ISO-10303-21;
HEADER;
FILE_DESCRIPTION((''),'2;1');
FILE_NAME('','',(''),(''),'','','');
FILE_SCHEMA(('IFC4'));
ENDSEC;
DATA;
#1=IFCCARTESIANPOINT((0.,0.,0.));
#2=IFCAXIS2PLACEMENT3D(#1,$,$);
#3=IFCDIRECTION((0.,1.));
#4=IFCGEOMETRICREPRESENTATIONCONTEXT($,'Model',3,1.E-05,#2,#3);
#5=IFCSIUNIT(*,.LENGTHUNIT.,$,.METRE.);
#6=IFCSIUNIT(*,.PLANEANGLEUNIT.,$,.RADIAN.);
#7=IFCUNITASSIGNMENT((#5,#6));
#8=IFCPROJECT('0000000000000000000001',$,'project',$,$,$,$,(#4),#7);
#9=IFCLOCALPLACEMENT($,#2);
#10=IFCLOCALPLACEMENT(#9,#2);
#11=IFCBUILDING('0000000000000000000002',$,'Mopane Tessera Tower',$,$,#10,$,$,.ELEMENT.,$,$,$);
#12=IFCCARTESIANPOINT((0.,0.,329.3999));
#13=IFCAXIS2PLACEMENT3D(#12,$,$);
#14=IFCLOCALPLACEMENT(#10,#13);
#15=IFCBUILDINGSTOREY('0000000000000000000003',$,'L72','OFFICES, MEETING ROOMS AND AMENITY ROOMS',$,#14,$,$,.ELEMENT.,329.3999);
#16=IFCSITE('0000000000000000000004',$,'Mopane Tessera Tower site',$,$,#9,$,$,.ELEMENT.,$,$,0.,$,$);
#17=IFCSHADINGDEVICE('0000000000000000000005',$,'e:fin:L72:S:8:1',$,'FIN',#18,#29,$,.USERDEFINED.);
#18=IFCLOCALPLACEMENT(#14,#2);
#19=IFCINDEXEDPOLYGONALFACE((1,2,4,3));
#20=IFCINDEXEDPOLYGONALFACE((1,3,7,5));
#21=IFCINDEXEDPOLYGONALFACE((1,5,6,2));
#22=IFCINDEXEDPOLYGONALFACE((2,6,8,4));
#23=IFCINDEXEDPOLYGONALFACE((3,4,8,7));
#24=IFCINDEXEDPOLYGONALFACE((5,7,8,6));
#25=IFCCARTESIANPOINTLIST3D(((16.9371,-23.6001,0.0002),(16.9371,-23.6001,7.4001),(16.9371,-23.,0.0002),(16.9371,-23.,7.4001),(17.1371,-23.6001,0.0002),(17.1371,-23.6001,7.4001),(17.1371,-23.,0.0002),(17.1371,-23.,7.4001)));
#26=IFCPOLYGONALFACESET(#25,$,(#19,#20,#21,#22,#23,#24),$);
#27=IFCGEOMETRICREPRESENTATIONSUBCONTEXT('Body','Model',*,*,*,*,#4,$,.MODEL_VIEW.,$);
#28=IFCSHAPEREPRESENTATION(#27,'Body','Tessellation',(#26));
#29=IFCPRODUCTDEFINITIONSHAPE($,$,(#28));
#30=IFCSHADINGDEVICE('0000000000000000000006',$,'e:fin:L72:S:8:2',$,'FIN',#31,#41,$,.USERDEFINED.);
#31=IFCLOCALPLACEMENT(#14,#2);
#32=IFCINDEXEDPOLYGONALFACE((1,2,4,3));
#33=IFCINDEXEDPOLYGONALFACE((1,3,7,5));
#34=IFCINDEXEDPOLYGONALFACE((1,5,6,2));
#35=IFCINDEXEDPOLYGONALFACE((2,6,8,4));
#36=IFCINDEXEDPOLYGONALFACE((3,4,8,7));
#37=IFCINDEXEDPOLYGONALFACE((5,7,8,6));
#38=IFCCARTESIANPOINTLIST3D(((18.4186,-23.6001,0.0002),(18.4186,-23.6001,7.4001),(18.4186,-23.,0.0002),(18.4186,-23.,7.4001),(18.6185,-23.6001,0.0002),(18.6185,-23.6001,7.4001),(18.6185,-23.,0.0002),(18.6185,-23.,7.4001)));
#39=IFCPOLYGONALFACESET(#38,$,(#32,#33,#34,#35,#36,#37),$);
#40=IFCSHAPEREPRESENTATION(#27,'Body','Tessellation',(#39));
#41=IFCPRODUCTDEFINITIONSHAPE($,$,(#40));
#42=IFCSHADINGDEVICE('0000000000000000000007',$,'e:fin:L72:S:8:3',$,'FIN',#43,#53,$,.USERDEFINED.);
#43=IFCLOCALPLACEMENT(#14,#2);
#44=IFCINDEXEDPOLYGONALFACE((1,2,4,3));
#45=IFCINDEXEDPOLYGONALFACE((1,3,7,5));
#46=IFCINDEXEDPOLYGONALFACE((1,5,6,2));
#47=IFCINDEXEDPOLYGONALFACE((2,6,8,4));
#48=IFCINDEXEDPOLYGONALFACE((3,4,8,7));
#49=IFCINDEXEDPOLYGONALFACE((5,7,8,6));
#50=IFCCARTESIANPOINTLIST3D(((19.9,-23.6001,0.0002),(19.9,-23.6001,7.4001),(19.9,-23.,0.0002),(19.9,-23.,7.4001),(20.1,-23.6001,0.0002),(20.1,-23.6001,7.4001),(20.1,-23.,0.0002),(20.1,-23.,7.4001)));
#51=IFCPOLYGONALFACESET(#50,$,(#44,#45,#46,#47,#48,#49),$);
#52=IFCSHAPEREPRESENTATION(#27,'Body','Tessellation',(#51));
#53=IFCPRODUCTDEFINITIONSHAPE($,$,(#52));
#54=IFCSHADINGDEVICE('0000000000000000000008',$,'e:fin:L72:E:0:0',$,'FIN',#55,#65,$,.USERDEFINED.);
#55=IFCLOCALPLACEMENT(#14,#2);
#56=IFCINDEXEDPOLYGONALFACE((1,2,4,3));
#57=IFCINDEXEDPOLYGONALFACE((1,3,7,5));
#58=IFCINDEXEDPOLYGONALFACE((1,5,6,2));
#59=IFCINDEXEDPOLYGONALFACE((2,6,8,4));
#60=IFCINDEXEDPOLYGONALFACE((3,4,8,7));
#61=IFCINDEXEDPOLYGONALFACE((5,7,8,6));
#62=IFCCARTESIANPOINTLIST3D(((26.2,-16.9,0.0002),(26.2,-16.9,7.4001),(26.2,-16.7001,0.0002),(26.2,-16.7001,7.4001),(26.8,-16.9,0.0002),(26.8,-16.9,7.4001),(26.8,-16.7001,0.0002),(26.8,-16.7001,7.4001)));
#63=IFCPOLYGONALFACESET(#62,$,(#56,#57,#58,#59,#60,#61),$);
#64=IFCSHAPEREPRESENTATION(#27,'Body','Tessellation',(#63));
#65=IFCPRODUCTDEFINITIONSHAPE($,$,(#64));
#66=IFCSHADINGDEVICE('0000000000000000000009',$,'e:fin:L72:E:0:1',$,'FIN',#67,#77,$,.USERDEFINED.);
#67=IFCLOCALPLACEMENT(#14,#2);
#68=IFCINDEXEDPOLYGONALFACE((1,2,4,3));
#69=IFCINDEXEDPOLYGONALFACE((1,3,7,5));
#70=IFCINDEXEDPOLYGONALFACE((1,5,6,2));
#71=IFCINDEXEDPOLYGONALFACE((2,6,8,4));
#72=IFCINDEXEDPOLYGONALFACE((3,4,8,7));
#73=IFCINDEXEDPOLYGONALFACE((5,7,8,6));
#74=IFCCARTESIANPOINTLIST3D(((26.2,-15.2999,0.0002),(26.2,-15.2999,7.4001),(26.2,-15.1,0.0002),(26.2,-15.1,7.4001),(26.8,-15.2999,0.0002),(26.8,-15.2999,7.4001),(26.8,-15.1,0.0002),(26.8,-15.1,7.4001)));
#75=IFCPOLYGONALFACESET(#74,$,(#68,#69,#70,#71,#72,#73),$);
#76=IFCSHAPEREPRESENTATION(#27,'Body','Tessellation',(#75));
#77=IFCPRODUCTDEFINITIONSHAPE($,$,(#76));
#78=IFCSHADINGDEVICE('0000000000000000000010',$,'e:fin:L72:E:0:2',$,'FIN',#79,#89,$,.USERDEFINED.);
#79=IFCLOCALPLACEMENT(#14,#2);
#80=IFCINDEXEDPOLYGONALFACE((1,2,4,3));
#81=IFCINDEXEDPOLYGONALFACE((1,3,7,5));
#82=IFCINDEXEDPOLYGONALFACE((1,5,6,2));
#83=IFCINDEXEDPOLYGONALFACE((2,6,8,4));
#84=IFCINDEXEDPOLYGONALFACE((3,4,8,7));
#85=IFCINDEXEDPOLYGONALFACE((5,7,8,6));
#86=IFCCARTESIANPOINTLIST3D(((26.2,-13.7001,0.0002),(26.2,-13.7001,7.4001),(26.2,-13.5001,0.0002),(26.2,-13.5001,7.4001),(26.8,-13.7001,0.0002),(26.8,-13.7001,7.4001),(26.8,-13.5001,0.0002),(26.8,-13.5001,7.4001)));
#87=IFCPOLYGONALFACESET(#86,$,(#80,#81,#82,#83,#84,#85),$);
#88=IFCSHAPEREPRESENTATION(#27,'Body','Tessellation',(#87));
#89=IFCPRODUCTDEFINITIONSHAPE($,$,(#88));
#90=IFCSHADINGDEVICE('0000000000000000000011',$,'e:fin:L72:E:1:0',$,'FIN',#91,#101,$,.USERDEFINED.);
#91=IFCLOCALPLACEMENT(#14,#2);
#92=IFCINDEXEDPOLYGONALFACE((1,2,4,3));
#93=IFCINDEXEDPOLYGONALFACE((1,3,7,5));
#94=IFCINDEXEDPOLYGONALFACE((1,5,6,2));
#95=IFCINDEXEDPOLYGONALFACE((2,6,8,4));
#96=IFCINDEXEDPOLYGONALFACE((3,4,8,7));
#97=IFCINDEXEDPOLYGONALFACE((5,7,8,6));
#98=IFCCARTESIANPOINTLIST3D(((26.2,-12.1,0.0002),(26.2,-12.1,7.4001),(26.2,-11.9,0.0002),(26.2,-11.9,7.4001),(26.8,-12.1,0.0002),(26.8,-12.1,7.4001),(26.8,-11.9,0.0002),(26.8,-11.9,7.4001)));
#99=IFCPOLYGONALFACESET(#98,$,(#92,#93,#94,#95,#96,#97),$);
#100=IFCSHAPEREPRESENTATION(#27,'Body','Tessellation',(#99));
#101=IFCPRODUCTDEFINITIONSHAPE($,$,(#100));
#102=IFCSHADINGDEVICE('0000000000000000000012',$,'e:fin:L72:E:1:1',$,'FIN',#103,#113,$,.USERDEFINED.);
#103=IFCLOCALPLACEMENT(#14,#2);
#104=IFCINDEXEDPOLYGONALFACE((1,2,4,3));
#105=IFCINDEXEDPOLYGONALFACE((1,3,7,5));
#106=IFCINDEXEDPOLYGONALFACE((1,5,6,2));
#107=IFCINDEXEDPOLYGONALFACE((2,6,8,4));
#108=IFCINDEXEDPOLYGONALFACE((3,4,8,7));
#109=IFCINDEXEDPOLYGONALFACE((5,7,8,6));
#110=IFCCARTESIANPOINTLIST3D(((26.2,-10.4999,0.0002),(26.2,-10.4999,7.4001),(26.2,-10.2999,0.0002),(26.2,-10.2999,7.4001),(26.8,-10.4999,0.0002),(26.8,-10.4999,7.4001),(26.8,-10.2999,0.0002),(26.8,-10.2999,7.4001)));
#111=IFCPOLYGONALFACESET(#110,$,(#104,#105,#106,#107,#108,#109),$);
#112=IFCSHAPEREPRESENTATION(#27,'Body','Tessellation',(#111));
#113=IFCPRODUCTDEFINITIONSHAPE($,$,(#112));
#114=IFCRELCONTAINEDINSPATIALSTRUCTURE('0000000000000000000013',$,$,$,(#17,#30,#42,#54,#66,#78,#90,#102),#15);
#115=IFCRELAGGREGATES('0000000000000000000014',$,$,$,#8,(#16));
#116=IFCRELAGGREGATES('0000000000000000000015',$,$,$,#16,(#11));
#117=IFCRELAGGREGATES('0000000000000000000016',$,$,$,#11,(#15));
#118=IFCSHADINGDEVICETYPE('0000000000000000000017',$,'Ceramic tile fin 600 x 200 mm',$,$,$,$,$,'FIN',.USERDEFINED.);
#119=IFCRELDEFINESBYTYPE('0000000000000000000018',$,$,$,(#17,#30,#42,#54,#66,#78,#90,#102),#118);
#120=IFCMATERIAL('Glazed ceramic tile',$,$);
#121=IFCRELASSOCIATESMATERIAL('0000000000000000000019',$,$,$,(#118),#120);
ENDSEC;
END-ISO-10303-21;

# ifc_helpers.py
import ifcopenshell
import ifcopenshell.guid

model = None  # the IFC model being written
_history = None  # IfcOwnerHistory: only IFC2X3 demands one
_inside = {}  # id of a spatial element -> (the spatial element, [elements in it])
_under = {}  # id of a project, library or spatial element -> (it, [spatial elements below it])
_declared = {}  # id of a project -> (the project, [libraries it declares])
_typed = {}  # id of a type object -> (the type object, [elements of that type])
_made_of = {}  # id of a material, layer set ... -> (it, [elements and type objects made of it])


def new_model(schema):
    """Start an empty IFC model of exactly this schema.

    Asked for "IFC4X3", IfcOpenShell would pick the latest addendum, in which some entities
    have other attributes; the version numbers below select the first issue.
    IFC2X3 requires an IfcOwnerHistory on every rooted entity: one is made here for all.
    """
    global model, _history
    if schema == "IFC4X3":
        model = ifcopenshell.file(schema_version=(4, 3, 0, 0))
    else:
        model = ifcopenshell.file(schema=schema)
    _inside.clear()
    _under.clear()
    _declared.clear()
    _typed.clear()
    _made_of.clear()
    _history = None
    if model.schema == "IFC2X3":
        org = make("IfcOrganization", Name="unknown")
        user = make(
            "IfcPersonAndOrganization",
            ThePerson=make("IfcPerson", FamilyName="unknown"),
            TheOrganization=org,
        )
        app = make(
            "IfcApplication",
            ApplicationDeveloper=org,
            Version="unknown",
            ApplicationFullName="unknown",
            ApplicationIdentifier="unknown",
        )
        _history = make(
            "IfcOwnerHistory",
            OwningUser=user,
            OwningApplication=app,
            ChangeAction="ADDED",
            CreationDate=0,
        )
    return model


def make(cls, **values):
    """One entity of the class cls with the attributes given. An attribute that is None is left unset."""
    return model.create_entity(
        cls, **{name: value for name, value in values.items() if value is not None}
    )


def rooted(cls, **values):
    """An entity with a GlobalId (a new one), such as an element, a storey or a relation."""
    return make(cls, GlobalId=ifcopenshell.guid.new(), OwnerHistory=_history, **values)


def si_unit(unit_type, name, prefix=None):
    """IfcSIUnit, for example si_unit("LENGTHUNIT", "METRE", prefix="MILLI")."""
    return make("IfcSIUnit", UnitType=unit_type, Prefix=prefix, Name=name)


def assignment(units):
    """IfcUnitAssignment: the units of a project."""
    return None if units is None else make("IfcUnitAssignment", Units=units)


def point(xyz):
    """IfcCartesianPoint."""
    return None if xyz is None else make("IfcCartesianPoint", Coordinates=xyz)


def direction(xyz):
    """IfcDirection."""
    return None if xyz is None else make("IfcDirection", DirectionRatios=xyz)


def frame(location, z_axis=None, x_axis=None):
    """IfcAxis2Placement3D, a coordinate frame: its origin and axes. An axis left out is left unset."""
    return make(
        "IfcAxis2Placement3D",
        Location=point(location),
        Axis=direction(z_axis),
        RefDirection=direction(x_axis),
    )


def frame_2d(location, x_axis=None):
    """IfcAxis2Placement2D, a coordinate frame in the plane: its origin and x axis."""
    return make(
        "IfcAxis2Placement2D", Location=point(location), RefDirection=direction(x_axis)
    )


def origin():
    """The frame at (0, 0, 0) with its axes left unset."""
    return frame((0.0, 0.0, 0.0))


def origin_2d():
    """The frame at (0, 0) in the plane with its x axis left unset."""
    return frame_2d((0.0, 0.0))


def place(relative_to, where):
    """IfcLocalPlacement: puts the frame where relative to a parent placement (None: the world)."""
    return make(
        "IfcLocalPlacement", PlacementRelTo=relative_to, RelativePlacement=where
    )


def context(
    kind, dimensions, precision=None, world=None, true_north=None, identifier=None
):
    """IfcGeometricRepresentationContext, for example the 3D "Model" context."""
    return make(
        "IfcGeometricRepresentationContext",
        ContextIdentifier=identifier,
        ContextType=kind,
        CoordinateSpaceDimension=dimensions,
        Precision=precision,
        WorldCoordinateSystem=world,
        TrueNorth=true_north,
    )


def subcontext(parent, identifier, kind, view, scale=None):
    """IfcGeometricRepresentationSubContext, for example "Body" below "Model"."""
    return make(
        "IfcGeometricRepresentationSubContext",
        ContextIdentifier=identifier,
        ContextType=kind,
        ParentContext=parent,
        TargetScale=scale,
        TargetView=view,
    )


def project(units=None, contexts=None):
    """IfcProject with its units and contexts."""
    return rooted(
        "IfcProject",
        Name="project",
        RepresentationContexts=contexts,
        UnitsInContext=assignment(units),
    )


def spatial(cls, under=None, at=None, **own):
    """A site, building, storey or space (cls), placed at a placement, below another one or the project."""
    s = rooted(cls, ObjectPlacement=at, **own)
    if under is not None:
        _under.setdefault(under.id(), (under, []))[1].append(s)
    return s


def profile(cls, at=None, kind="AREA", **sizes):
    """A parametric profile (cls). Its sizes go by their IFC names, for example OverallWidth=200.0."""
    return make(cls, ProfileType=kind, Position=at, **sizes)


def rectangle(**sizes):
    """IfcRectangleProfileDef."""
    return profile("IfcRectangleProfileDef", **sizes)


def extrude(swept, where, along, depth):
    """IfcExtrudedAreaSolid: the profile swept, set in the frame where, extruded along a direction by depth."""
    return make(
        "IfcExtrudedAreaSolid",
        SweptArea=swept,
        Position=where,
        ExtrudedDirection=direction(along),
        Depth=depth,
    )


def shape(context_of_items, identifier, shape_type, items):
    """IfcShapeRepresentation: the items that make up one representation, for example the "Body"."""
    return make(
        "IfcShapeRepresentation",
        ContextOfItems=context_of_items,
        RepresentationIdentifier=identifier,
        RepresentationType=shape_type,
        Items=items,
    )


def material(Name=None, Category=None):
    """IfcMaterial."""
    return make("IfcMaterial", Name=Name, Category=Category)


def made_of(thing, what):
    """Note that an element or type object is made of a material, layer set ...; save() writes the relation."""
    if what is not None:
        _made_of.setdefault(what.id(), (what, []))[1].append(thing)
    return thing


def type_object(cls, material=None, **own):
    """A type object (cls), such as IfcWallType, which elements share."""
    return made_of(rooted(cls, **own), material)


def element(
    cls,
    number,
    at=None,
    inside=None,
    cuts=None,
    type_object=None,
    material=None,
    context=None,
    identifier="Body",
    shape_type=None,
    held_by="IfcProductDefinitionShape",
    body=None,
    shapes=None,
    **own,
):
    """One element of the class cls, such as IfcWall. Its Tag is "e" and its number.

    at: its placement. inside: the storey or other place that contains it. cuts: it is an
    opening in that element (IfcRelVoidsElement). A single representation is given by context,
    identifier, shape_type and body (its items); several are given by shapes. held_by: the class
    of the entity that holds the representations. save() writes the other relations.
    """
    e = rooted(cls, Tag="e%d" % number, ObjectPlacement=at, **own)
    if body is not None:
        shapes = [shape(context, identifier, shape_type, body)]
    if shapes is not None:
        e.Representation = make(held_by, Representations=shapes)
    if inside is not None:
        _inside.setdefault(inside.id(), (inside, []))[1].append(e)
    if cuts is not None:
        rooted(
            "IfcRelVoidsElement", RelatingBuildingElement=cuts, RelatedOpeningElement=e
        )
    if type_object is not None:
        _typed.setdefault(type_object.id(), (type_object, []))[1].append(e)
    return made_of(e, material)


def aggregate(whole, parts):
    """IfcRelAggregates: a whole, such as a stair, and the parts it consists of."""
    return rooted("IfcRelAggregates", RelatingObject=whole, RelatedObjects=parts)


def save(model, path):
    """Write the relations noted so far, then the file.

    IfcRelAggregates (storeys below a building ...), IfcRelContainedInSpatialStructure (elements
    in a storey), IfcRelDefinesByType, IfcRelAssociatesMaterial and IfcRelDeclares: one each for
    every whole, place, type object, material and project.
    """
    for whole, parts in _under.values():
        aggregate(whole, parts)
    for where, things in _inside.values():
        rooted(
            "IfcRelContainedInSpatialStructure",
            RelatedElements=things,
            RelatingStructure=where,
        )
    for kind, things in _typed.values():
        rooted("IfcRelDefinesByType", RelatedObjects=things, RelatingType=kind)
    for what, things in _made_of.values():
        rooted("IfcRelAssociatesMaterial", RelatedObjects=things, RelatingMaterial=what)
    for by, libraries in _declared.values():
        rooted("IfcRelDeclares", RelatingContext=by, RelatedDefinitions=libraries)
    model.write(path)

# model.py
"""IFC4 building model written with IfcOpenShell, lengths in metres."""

from ifc_helpers import new_model, si_unit, direction, frame, origin, origin_2d, place, context, subcontext, project, spatial, rectangle, extrude, material, type_object, element, save


model = new_model("IFC4")

# Units and contexts
model_context = context("Model", 3, precision=1e-05, world=origin(), true_north=direction((0.0, 1.0)))
body_context = subcontext(model_context, "Body", "Model", "MODEL_VIEW")
ifc_project = project(units=[si_unit("LENGTHUNIT", "METRE"), si_unit("PLANEANGLEUNIT", "RADIAN")], contexts=[model_context])

# Site, building, storey
site_placement = place(None, origin())
site = spatial("IfcSite", under=ifc_project, at=site_placement, Name="Mopane Tessera Tower site", CompositionType="ELEMENT", RefElevation=0.0)
building_placement = place(site_placement, origin())
building = spatial("IfcBuilding", under=site, at=building_placement, Name="Mopane Tessera Tower", CompositionType="ELEMENT")
storey_placement = place(building_placement, frame((0.0, 0.0, 329.3999)))
storey = spatial("IfcBuildingStorey", under=building, at=storey_placement, Name="L72", Description="OFFICES, MEETING ROOMS AND AMENITY ROOMS", CompositionType="ELEMENT", Elevation=329.3999)

# Shading devices
ifc_material_1 = material(Name="Glazed ceramic tile")
shading_device_type = type_object("IfcShadingDeviceType", Name="Ceramic tile fin 600 x 200 mm", ElementType="FIN", PredefinedType="USERDEFINED", material=ifc_material_1)
for number, where, z_axis, x_axis, name in (
    (1, (17.0371, -23.3, 0.0002), (0.0, 0.0, 1.0), (1.0, 0.0, 0.0), "e:fin:L72:S:8:1"),
    (2, (18.5186, -23.3, 0.0002), (0.0, 0.0, 1.0), (1.0, 0.0, 0.0), "e:fin:L72:S:8:2"),
    (3, (20.0, -23.3, 0.0002), (0.0, 0.0, 1.0), (1.0, 0.0, 0.0), "e:fin:L72:S:8:3"),
    (4, (26.5, -16.8, 0.0002), (0.0, 0.0, 1.0), (0.0, 1.0, 0.0), "e:fin:L72:E:0:0"),
    (5, (26.5, -15.2, 0.0002), (0.0, 0.0, 1.0), (0.0, 1.0, 0.0), "e:fin:L72:E:0:1"),
    (6, (26.5, -13.6001, 0.0002), (0.0, 0.0, 1.0), (0.0, 1.0, 0.0), "e:fin:L72:E:0:2"),
    (7, (26.5, -12.0, 0.0002), (0.0, 0.0, 1.0), (0.0, 1.0, 0.0), "e:fin:L72:E:1:0"),
    (8, (26.5, -10.3999, 0.0002), (0.0, 0.0, 1.0), (0.0, 1.0, 0.0), "e:fin:L72:E:1:1"),
):
    element("IfcShadingDevice", number, at=place(storey_placement, frame(where, z_axis=z_axis, x_axis=x_axis)), inside=storey, type_object=shading_device_type, Name=name, ObjectType="FIN", PredefinedType="USERDEFINED", context=body_context, shape_type="SweptSolid", body=[
        extrude(rectangle(XDim=0.2, YDim=0.6001, at=origin_2d()), origin(), (0.0, 0.0, 1.0), 7.3999),
    ])

save(model, "model.ifc")
